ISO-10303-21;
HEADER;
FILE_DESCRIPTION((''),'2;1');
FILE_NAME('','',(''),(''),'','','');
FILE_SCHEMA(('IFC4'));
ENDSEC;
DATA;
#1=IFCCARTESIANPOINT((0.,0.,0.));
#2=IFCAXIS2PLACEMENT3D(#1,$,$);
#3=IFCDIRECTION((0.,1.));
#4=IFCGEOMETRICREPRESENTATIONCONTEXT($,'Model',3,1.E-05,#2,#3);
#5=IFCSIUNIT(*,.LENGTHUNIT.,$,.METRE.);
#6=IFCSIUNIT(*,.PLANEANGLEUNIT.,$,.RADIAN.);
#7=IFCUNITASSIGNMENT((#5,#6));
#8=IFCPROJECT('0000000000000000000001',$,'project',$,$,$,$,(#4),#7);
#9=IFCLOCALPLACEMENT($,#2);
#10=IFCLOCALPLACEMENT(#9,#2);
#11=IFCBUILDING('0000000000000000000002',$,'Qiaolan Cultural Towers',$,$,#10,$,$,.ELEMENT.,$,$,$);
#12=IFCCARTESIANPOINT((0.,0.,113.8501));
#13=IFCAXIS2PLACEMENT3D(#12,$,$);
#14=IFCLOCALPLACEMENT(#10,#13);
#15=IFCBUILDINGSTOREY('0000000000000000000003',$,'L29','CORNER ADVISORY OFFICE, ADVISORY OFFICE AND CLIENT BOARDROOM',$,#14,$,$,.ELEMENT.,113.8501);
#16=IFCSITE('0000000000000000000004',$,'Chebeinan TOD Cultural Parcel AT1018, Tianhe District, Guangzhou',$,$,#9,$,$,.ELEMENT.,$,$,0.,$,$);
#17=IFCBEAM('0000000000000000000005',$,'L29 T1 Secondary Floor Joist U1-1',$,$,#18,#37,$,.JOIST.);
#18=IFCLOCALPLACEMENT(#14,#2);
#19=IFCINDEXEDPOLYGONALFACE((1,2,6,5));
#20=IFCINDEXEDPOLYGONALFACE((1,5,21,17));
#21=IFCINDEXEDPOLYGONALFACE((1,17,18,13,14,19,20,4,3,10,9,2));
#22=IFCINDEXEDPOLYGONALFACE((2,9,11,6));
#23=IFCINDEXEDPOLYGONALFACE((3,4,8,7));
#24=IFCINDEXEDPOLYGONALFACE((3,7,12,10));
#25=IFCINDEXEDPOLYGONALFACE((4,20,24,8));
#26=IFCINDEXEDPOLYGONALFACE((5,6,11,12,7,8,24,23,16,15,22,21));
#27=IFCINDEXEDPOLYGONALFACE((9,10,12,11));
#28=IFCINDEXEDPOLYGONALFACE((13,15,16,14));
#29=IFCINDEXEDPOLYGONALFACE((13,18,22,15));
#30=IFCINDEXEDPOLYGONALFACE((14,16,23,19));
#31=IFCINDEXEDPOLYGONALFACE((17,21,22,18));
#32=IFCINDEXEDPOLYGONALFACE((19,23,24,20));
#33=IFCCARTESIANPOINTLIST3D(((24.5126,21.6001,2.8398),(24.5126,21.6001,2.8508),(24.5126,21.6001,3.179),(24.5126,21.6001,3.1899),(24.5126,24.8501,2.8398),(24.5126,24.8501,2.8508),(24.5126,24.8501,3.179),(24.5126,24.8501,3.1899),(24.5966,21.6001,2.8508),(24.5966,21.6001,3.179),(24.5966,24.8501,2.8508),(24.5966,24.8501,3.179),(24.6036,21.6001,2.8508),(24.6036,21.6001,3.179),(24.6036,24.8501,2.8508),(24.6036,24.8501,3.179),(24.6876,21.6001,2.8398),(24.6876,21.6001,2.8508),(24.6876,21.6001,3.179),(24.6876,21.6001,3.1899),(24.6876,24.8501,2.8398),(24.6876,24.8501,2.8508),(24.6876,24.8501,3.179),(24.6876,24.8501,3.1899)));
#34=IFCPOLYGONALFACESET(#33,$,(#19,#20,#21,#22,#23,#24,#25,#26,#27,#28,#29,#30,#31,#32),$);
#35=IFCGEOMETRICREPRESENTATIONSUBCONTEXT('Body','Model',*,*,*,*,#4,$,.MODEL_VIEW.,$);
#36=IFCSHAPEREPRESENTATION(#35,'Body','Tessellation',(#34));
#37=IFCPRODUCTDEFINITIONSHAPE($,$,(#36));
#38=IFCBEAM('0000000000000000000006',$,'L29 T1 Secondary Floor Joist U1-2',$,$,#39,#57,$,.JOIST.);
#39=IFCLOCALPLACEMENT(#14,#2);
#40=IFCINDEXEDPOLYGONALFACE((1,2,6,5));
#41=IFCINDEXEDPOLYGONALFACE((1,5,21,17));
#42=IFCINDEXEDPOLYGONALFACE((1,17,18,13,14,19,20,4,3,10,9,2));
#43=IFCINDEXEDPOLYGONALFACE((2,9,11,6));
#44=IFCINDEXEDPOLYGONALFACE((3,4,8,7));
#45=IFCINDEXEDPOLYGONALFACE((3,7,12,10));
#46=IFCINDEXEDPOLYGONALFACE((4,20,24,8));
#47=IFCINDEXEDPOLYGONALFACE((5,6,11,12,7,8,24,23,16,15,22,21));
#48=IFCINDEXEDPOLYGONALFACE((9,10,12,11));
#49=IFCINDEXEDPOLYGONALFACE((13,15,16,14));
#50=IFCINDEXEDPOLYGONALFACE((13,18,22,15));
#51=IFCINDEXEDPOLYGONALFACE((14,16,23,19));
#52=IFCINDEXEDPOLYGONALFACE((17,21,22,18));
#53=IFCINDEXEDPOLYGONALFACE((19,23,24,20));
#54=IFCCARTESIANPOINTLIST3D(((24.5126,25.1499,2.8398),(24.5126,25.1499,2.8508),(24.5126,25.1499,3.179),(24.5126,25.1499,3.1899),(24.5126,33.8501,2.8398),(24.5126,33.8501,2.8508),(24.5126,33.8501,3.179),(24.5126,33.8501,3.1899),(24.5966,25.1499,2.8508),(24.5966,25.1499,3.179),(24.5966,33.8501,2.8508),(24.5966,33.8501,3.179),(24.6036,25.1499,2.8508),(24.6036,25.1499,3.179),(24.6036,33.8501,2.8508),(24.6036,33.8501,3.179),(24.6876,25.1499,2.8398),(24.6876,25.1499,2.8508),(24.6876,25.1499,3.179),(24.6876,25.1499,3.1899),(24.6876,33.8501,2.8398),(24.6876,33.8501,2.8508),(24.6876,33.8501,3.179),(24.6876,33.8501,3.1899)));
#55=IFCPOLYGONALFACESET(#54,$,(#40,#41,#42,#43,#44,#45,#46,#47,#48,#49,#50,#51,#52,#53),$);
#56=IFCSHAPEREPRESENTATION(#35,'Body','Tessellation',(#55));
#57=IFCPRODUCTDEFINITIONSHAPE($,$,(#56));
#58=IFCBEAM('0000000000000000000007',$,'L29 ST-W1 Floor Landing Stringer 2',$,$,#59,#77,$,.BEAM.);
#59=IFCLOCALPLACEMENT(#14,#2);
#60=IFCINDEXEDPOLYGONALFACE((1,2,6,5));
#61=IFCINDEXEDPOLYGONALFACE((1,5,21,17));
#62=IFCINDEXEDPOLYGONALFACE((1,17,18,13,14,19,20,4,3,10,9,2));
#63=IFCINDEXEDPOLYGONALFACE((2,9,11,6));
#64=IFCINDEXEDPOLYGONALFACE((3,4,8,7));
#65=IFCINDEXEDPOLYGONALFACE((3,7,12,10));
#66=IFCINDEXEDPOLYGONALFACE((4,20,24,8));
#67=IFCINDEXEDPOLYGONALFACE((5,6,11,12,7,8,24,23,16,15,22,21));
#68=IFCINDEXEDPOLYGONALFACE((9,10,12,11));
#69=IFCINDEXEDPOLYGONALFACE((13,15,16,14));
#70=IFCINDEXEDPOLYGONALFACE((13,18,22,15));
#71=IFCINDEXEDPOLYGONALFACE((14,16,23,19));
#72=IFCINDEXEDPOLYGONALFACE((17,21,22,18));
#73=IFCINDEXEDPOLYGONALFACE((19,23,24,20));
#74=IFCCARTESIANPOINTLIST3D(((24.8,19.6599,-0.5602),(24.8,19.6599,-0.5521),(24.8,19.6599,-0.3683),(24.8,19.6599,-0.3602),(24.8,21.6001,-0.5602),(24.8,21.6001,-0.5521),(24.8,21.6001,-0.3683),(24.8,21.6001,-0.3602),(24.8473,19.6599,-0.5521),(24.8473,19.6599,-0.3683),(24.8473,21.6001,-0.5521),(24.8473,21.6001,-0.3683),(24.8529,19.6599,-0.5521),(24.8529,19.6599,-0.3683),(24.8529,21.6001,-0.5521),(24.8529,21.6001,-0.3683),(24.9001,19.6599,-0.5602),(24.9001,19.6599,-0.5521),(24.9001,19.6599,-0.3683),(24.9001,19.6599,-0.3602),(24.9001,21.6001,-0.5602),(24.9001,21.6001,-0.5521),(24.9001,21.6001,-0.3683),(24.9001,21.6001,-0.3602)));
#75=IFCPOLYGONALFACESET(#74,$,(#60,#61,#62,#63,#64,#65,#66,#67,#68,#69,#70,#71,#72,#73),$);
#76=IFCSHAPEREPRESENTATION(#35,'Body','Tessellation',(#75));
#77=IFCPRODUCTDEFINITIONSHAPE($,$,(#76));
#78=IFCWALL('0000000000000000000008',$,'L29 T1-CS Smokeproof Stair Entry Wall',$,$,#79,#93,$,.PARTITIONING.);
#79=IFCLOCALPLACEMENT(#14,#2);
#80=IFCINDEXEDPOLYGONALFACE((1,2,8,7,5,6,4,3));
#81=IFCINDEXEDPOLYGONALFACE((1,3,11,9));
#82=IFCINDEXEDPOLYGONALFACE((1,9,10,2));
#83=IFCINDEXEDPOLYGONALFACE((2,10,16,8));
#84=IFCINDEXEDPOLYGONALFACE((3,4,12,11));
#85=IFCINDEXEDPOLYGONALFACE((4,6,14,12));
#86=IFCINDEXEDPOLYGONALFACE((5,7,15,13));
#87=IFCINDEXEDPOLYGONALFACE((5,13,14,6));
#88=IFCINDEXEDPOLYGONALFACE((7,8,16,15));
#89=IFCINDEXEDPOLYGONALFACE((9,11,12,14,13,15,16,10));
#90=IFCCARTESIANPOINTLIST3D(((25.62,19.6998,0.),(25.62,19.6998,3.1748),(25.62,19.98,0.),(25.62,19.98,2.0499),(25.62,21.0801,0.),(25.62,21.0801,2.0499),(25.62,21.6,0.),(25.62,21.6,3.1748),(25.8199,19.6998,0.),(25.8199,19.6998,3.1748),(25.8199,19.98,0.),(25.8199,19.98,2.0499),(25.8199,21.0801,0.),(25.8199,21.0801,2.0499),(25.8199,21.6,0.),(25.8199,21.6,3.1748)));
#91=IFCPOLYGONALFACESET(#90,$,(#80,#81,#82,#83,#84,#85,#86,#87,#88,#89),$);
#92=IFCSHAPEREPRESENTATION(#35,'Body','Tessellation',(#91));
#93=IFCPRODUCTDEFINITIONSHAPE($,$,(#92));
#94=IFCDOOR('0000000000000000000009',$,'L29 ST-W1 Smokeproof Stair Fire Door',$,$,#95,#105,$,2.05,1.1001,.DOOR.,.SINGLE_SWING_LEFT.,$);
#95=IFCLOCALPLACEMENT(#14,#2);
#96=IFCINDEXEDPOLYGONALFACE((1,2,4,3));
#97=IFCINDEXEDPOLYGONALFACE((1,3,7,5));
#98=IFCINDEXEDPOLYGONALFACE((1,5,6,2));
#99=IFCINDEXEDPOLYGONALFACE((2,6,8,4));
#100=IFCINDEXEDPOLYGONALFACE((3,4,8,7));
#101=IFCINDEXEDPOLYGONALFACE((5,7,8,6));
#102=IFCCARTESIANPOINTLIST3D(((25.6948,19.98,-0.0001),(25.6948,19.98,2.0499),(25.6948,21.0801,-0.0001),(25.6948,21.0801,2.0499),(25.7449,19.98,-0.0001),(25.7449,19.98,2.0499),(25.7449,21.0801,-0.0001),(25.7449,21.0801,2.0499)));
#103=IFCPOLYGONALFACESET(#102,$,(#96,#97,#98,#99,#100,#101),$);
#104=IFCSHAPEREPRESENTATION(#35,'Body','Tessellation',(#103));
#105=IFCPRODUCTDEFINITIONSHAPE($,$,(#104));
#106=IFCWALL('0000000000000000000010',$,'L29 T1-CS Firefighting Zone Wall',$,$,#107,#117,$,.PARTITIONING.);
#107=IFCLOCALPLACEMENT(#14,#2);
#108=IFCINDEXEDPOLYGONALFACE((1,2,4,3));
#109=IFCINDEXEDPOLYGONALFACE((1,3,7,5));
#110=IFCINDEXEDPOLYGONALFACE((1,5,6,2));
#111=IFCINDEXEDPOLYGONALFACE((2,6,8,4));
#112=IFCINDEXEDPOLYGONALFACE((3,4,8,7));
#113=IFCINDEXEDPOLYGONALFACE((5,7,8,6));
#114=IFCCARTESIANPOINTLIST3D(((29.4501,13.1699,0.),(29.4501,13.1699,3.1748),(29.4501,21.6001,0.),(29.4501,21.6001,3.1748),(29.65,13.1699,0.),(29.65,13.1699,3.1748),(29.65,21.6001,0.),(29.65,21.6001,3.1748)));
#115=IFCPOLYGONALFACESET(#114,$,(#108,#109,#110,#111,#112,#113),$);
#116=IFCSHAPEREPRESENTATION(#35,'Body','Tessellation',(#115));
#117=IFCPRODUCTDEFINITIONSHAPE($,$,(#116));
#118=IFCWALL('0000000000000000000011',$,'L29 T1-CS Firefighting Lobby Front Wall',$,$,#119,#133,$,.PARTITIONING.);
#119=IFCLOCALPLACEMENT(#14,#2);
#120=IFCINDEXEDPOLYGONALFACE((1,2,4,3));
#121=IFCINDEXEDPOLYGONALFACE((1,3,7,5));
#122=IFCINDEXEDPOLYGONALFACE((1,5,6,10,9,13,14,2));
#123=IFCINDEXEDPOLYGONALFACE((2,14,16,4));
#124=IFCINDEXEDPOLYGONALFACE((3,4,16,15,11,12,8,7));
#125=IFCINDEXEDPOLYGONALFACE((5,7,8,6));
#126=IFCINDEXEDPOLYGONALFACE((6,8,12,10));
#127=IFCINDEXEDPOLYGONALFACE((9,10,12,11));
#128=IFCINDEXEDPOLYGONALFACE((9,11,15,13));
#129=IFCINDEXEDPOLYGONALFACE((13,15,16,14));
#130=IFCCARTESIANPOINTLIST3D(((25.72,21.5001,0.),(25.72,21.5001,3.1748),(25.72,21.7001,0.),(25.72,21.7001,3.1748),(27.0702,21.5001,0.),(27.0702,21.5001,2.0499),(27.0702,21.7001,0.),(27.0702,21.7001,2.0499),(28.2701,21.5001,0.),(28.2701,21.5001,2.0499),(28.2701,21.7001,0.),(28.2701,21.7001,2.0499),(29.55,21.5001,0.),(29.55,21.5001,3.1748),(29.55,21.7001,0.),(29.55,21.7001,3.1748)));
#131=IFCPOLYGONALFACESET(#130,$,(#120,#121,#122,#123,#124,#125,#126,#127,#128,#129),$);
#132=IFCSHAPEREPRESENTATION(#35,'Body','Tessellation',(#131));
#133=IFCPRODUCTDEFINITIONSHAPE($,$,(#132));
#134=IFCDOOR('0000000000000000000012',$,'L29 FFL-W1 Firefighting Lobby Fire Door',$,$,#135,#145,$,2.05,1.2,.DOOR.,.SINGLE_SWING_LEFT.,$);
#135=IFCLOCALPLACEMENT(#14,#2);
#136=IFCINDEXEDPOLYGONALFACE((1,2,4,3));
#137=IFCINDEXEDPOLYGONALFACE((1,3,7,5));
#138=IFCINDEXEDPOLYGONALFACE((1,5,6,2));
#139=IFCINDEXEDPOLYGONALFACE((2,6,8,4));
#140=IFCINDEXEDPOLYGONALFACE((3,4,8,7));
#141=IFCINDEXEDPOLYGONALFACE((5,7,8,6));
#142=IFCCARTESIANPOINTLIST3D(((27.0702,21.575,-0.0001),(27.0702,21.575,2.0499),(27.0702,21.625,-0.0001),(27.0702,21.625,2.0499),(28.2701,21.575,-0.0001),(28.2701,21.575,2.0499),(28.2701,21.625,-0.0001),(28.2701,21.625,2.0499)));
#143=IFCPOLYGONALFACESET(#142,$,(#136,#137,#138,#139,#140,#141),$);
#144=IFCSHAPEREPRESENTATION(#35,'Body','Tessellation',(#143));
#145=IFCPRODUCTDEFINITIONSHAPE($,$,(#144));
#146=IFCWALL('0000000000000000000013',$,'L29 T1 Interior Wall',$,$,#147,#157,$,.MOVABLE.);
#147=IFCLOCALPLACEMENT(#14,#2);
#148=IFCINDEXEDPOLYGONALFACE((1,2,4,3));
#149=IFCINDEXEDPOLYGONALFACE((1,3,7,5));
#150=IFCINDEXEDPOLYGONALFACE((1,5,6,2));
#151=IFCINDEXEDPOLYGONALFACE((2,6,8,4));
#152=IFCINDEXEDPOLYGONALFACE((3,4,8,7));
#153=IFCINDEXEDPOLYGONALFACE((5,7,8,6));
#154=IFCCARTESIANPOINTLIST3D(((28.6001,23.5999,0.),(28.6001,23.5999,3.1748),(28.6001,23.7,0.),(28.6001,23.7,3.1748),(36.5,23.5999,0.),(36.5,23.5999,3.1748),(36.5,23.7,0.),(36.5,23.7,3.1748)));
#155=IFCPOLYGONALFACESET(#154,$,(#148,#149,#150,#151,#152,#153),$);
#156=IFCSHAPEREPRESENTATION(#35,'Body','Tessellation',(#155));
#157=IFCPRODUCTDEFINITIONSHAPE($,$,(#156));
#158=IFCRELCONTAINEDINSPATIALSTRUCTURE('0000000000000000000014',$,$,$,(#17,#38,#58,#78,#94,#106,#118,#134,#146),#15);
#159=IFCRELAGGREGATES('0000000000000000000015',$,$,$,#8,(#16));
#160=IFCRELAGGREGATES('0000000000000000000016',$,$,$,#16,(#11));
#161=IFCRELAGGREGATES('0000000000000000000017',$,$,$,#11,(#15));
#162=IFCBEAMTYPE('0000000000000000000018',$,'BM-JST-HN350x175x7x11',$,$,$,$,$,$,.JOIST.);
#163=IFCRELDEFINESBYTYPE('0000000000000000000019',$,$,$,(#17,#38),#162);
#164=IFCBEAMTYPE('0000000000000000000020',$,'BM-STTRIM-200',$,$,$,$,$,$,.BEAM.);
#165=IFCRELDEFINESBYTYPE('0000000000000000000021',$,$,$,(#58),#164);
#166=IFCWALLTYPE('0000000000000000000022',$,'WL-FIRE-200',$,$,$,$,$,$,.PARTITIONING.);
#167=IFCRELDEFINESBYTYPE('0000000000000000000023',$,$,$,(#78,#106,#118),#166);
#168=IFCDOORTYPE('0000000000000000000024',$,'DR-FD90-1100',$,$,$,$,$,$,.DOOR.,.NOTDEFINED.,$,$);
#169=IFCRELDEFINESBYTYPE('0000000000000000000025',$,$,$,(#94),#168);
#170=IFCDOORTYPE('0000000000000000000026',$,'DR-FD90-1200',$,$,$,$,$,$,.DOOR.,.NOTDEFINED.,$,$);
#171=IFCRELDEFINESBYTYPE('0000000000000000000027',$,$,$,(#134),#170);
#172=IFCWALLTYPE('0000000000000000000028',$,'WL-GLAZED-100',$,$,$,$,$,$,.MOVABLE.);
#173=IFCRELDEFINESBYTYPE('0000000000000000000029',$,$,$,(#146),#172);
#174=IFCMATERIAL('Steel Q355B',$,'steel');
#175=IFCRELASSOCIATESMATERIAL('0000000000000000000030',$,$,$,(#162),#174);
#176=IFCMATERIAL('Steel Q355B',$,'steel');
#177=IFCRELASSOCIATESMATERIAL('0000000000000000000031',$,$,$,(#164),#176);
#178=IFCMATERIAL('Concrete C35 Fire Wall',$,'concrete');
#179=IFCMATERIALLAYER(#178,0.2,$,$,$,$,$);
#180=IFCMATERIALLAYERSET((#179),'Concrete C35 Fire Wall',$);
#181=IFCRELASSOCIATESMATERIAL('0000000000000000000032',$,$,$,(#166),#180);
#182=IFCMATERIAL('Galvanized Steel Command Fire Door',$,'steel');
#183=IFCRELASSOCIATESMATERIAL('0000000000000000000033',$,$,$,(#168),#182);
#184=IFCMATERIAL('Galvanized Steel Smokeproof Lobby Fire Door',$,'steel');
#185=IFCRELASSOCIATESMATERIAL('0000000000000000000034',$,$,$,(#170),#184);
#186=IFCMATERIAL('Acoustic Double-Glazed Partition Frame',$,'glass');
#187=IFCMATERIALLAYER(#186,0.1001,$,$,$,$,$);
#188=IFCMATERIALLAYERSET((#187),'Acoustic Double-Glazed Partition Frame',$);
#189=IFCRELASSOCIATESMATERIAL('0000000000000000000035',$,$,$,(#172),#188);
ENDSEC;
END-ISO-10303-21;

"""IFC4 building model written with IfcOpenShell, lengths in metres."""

from ifc_helpers import new_model, si_unit, direction, frame, frame_2d, origin, origin_2d, place, context, subcontext, project, spatial, rectangle, i_section, extrude, material, layer, layer_set, material_profile, profile_set, type_object, element, fill, save


model = new_model("IFC4")

# Units and contexts
model_context = context("Model", 3, precision=1e-05, world=origin(), true_north=direction((0.0, 1.0)))
body_context = subcontext(model_context, "Body", "Model", "MODEL_VIEW")
ifc_project = project(units=[si_unit("LENGTHUNIT", "METRE"), si_unit("PLANEANGLEUNIT", "RADIAN")], contexts=[model_context])

# Site, building, storey
site_placement = place(None, origin())
site = spatial("IfcSite", under=ifc_project, at=site_placement, Name="Chebeinan TOD Cultural Parcel AT1018, Tianhe District, Guangzhou", CompositionType="ELEMENT", RefElevation=0.0)
building_placement = place(site_placement, origin())
building = spatial("IfcBuilding", under=site, at=building_placement, Name="Qiaolan Cultural Towers", CompositionType="ELEMENT")
storey_placement = place(building_placement, frame((0.0, 0.0, 113.8501)))
storey = spatial("IfcBuildingStorey", under=building, at=storey_placement, Name="L29", Description="CORNER ADVISORY OFFICE, ADVISORY OFFICE AND CLIENT BOARDROOM", CompositionType="ELEMENT", Elevation=113.8501)

# Beams
ifc_material_1 = material(Name="Steel Q355B", Category="steel")
ifc_material_profile_1 = material_profile(ifc_material_1, i_section(OverallWidth=0.175, OverallDepth=0.3501, WebThickness=0.0071, FlangeThickness=0.011, at=origin_2d()), Name="HN350x175x7x11")
ifc_profile_set_1 = profile_set([ifc_material_profile_1], Name="Steel Q355B")
beam_type_1 = type_object("IfcBeamType", Name="BM-JST-HN350x175x7x11", PredefinedType="JOIST", material=ifc_profile_set_1)
beam_1_placement = place(storey_placement, frame((24.6001, 21.6001, 3.0149), z_axis=(0.0, 1.0, 0.0), x_axis=(-1.0, 0.0, 0.0)))
element("IfcBeam", 1, at=beam_1_placement, inside=storey, type_object=beam_type_1, Name="L29 T1 Secondary Floor Joist U1-1", PredefinedType="JOIST", context=body_context, shape_type="SweptSolid", body=[
    extrude(i_section(OverallWidth=0.175, OverallDepth=0.3501, WebThickness=0.0071, FlangeThickness=0.011, at=origin_2d()), origin(), (0.0, 0.0, 1.0), 3.25),
])
beam_2_placement = place(storey_placement, frame((24.6001, 25.1499, 3.0149), z_axis=(0.0, 1.0, 0.0), x_axis=(-1.0, 0.0, 0.0)))
element("IfcBeam", 2, at=beam_2_placement, inside=storey, type_object=beam_type_1, Name="L29 T1 Secondary Floor Joist U1-2", PredefinedType="JOIST", context=body_context, shape_type="SweptSolid", body=[
    extrude(i_section(OverallWidth=0.175, OverallDepth=0.3501, WebThickness=0.0071, FlangeThickness=0.011, at=origin_2d()), origin(), (0.0, 0.0, 1.0), 8.7002),
])
ifc_material_2 = material(Name="Steel Q355B", Category="steel")
ifc_material_profile_2 = material_profile(ifc_material_2, i_section(OverallWidth=0.1001, OverallDepth=0.2, WebThickness=0.0056, FlangeThickness=0.0081, at=origin_2d()), Name="HN200x100x5.5x8")
ifc_profile_set_2 = profile_set([ifc_material_profile_2], Name="Steel Q355B")
beam_type_2 = type_object("IfcBeamType", Name="BM-STTRIM-200", PredefinedType="BEAM", material=ifc_profile_set_2)
beam_3_placement = place(storey_placement, frame((24.8501, 21.6001, -0.4602), z_axis=(0.0, -1.0, 0.0), x_axis=(1.0, 0.0, 0.0)))
element("IfcBeam", 3, at=beam_3_placement, inside=storey, type_object=beam_type_2, Name="L29 ST-W1 Floor Landing Stringer 2", PredefinedType="BEAM", context=body_context, shape_type="SweptSolid", body=[
    extrude(i_section(OverallWidth=0.1001, OverallDepth=0.2, WebThickness=0.0056, FlangeThickness=0.0081, at=origin_2d()), origin(), (0.0, 0.0, 1.0), 1.9402),
])

# Wall, opening, door
ifc_material_3 = material(Name="Concrete C35 Fire Wall", Category="concrete")
ifc_layer_1 = layer(ifc_material_3, 0.2)
ifc_layer_set_1 = layer_set([ifc_layer_1], Name="Concrete C35 Fire Wall")
wall_type_1 = type_object("IfcWallType", Name="WL-FIRE-200", PredefinedType="PARTITIONING", material=ifc_layer_set_1)
wall_1_placement = place(storey_placement, frame((25.72, 21.6001, 0.0), z_axis=(0.0, 0.0, 1.0), x_axis=(0.0, -1.0, 0.0)))
wall_1 = element("IfcWall", 4, at=wall_1_placement, inside=storey, type_object=wall_type_1, Name="L29 T1-CS Smokeproof Stair Entry Wall", PredefinedType="PARTITIONING", context=body_context, shape_type="SweptSolid", body=[
    extrude(rectangle(XDim=1.9001, YDim=0.2, at=frame_2d((0.9502, 0.0))), origin(), (0.0, 0.0, 1.0), 3.1748),
])
opening_1_placement = place(wall_1_placement, frame((0.52, 0.0, 0.0)))
opening_1 = element("IfcOpeningElement", 5, at=opening_1_placement, cuts=wall_1, PredefinedType="OPENING", context=body_context, shape_type="SweptSolid", body=[
    extrude(rectangle(XDim=1.1001, YDim=2.05, at=frame_2d((0.55, 1.0249))), frame((0.0, 0.1099, 0.0), z_axis=(0.0, -1.0, 0.0), x_axis=(1.0, 0.0, 0.0)), (0.0, 0.0, 1.0), 0.22),
])
ifc_material_4 = material(Name="Galvanized Steel Command Fire Door", Category="steel")
door_type_1 = type_object("IfcDoorType", Name="DR-FD90-1100", OperationType="NOTDEFINED", PredefinedType="DOOR", material=ifc_material_4)
door_1_placement = place(opening_1_placement, origin())
door_1 = element("IfcDoor", 6, at=door_1_placement, inside=storey, type_object=door_type_1, Name="L29 ST-W1 Smokeproof Stair Fire Door", OperationType="SINGLE_SWING_LEFT", OverallHeight=2.05, OverallWidth=1.1001, PredefinedType="DOOR", context=body_context, shape_type="SweptSolid", body=[
    extrude(rectangle(XDim=1.1001, YDim=2.05, at=frame_2d((0.55, 1.0249))), frame((0.0, 0.0249, 0.0), z_axis=(0.0, -1.0, 0.0), x_axis=(1.0, 0.0, 0.0)), (0.0, 0.0, 1.0), 0.05),
])
fill(opening_1, door_1)

# Wall
wall_2_placement = place(storey_placement, frame((29.55, 21.6001, 0.0), z_axis=(0.0, 0.0, 1.0), x_axis=(0.0, -1.0, 0.0)))
element("IfcWall", 7, at=wall_2_placement, inside=storey, type_object=wall_type_1, Name="L29 T1-CS Firefighting Zone Wall", PredefinedType="PARTITIONING", context=body_context, shape_type="SweptSolid", body=[
    extrude(rectangle(XDim=8.4302, YDim=0.2, at=frame_2d((4.2151, 0.0))), origin(), (0.0, 0.0, 1.0), 3.1748),
])

# Wall, opening, door
wall_3_placement = place(storey_placement, frame((25.72, 21.6001, 0.0), z_axis=(0.0, 0.0, 1.0), x_axis=(1.0, 0.0, 0.0)))
wall_3 = element("IfcWall", 8, at=wall_3_placement, inside=storey, type_object=wall_type_1, Name="L29 T1-CS Firefighting Lobby Front Wall", PredefinedType="PARTITIONING", context=body_context, shape_type="SweptSolid", body=[
    extrude(rectangle(XDim=3.8301, YDim=0.2, at=frame_2d((1.915, 0.0))), origin(), (0.0, 0.0, 1.0), 3.1748),
])
opening_2_placement = place(wall_3_placement, frame((1.3501, 0.0, 0.0)))
opening_2 = element("IfcOpeningElement", 9, at=opening_2_placement, cuts=wall_3, PredefinedType="OPENING", context=body_context, shape_type="SweptSolid", body=[
    extrude(rectangle(XDim=1.2, YDim=2.05, at=frame_2d((0.6001, 1.0249))), frame((0.0, 0.1099, 0.0), z_axis=(0.0, -1.0, 0.0), x_axis=(1.0, 0.0, 0.0)), (0.0, 0.0, 1.0), 0.22),
])
ifc_material_5 = material(Name="Galvanized Steel Smokeproof Lobby Fire Door", Category="steel")
door_type_2 = type_object("IfcDoorType", Name="DR-FD90-1200", OperationType="NOTDEFINED", PredefinedType="DOOR", material=ifc_material_5)
door_2_placement = place(opening_2_placement, origin())
door_2 = element("IfcDoor", 10, at=door_2_placement, inside=storey, type_object=door_type_2, Name="L29 FFL-W1 Firefighting Lobby Fire Door", OperationType="SINGLE_SWING_LEFT", OverallHeight=2.05, OverallWidth=1.2, PredefinedType="DOOR", context=body_context, shape_type="SweptSolid", body=[
    extrude(rectangle(XDim=1.2, YDim=2.05, at=frame_2d((0.6001, 1.0249))), frame((0.0, 0.0249, 0.0), z_axis=(0.0, -1.0, 0.0), x_axis=(1.0, 0.0, 0.0)), (0.0, 0.0, 1.0), 0.05),
])
fill(opening_2, door_2)

# Wall
ifc_material_6 = material(Name="Acoustic Double-Glazed Partition Frame", Category="glass")
ifc_layer_2 = layer(ifc_material_6, 0.1001)
ifc_layer_set_2 = layer_set([ifc_layer_2], Name="Acoustic Double-Glazed Partition Frame")
wall_type_2 = type_object("IfcWallType", Name="WL-GLAZED-100", PredefinedType="MOVABLE", material=ifc_layer_set_2)
wall_4_placement = place(storey_placement, frame((28.6001, 23.6499, 0.0), z_axis=(0.0, 0.0, 1.0), x_axis=(1.0, 0.0, 0.0)))
element("IfcWall", 11, at=wall_4_placement, inside=storey, type_object=wall_type_2, Name="L29 T1 Interior Wall", PredefinedType="MOVABLE", context=body_context, shape_type="SweptSolid", body=[
    extrude(rectangle(XDim=7.8999, YDim=0.1001, at=frame_2d((3.95, 0.0))), origin(), (0.0, 0.0, 1.0), 3.1748),
])

save(model, "model.ifc")
